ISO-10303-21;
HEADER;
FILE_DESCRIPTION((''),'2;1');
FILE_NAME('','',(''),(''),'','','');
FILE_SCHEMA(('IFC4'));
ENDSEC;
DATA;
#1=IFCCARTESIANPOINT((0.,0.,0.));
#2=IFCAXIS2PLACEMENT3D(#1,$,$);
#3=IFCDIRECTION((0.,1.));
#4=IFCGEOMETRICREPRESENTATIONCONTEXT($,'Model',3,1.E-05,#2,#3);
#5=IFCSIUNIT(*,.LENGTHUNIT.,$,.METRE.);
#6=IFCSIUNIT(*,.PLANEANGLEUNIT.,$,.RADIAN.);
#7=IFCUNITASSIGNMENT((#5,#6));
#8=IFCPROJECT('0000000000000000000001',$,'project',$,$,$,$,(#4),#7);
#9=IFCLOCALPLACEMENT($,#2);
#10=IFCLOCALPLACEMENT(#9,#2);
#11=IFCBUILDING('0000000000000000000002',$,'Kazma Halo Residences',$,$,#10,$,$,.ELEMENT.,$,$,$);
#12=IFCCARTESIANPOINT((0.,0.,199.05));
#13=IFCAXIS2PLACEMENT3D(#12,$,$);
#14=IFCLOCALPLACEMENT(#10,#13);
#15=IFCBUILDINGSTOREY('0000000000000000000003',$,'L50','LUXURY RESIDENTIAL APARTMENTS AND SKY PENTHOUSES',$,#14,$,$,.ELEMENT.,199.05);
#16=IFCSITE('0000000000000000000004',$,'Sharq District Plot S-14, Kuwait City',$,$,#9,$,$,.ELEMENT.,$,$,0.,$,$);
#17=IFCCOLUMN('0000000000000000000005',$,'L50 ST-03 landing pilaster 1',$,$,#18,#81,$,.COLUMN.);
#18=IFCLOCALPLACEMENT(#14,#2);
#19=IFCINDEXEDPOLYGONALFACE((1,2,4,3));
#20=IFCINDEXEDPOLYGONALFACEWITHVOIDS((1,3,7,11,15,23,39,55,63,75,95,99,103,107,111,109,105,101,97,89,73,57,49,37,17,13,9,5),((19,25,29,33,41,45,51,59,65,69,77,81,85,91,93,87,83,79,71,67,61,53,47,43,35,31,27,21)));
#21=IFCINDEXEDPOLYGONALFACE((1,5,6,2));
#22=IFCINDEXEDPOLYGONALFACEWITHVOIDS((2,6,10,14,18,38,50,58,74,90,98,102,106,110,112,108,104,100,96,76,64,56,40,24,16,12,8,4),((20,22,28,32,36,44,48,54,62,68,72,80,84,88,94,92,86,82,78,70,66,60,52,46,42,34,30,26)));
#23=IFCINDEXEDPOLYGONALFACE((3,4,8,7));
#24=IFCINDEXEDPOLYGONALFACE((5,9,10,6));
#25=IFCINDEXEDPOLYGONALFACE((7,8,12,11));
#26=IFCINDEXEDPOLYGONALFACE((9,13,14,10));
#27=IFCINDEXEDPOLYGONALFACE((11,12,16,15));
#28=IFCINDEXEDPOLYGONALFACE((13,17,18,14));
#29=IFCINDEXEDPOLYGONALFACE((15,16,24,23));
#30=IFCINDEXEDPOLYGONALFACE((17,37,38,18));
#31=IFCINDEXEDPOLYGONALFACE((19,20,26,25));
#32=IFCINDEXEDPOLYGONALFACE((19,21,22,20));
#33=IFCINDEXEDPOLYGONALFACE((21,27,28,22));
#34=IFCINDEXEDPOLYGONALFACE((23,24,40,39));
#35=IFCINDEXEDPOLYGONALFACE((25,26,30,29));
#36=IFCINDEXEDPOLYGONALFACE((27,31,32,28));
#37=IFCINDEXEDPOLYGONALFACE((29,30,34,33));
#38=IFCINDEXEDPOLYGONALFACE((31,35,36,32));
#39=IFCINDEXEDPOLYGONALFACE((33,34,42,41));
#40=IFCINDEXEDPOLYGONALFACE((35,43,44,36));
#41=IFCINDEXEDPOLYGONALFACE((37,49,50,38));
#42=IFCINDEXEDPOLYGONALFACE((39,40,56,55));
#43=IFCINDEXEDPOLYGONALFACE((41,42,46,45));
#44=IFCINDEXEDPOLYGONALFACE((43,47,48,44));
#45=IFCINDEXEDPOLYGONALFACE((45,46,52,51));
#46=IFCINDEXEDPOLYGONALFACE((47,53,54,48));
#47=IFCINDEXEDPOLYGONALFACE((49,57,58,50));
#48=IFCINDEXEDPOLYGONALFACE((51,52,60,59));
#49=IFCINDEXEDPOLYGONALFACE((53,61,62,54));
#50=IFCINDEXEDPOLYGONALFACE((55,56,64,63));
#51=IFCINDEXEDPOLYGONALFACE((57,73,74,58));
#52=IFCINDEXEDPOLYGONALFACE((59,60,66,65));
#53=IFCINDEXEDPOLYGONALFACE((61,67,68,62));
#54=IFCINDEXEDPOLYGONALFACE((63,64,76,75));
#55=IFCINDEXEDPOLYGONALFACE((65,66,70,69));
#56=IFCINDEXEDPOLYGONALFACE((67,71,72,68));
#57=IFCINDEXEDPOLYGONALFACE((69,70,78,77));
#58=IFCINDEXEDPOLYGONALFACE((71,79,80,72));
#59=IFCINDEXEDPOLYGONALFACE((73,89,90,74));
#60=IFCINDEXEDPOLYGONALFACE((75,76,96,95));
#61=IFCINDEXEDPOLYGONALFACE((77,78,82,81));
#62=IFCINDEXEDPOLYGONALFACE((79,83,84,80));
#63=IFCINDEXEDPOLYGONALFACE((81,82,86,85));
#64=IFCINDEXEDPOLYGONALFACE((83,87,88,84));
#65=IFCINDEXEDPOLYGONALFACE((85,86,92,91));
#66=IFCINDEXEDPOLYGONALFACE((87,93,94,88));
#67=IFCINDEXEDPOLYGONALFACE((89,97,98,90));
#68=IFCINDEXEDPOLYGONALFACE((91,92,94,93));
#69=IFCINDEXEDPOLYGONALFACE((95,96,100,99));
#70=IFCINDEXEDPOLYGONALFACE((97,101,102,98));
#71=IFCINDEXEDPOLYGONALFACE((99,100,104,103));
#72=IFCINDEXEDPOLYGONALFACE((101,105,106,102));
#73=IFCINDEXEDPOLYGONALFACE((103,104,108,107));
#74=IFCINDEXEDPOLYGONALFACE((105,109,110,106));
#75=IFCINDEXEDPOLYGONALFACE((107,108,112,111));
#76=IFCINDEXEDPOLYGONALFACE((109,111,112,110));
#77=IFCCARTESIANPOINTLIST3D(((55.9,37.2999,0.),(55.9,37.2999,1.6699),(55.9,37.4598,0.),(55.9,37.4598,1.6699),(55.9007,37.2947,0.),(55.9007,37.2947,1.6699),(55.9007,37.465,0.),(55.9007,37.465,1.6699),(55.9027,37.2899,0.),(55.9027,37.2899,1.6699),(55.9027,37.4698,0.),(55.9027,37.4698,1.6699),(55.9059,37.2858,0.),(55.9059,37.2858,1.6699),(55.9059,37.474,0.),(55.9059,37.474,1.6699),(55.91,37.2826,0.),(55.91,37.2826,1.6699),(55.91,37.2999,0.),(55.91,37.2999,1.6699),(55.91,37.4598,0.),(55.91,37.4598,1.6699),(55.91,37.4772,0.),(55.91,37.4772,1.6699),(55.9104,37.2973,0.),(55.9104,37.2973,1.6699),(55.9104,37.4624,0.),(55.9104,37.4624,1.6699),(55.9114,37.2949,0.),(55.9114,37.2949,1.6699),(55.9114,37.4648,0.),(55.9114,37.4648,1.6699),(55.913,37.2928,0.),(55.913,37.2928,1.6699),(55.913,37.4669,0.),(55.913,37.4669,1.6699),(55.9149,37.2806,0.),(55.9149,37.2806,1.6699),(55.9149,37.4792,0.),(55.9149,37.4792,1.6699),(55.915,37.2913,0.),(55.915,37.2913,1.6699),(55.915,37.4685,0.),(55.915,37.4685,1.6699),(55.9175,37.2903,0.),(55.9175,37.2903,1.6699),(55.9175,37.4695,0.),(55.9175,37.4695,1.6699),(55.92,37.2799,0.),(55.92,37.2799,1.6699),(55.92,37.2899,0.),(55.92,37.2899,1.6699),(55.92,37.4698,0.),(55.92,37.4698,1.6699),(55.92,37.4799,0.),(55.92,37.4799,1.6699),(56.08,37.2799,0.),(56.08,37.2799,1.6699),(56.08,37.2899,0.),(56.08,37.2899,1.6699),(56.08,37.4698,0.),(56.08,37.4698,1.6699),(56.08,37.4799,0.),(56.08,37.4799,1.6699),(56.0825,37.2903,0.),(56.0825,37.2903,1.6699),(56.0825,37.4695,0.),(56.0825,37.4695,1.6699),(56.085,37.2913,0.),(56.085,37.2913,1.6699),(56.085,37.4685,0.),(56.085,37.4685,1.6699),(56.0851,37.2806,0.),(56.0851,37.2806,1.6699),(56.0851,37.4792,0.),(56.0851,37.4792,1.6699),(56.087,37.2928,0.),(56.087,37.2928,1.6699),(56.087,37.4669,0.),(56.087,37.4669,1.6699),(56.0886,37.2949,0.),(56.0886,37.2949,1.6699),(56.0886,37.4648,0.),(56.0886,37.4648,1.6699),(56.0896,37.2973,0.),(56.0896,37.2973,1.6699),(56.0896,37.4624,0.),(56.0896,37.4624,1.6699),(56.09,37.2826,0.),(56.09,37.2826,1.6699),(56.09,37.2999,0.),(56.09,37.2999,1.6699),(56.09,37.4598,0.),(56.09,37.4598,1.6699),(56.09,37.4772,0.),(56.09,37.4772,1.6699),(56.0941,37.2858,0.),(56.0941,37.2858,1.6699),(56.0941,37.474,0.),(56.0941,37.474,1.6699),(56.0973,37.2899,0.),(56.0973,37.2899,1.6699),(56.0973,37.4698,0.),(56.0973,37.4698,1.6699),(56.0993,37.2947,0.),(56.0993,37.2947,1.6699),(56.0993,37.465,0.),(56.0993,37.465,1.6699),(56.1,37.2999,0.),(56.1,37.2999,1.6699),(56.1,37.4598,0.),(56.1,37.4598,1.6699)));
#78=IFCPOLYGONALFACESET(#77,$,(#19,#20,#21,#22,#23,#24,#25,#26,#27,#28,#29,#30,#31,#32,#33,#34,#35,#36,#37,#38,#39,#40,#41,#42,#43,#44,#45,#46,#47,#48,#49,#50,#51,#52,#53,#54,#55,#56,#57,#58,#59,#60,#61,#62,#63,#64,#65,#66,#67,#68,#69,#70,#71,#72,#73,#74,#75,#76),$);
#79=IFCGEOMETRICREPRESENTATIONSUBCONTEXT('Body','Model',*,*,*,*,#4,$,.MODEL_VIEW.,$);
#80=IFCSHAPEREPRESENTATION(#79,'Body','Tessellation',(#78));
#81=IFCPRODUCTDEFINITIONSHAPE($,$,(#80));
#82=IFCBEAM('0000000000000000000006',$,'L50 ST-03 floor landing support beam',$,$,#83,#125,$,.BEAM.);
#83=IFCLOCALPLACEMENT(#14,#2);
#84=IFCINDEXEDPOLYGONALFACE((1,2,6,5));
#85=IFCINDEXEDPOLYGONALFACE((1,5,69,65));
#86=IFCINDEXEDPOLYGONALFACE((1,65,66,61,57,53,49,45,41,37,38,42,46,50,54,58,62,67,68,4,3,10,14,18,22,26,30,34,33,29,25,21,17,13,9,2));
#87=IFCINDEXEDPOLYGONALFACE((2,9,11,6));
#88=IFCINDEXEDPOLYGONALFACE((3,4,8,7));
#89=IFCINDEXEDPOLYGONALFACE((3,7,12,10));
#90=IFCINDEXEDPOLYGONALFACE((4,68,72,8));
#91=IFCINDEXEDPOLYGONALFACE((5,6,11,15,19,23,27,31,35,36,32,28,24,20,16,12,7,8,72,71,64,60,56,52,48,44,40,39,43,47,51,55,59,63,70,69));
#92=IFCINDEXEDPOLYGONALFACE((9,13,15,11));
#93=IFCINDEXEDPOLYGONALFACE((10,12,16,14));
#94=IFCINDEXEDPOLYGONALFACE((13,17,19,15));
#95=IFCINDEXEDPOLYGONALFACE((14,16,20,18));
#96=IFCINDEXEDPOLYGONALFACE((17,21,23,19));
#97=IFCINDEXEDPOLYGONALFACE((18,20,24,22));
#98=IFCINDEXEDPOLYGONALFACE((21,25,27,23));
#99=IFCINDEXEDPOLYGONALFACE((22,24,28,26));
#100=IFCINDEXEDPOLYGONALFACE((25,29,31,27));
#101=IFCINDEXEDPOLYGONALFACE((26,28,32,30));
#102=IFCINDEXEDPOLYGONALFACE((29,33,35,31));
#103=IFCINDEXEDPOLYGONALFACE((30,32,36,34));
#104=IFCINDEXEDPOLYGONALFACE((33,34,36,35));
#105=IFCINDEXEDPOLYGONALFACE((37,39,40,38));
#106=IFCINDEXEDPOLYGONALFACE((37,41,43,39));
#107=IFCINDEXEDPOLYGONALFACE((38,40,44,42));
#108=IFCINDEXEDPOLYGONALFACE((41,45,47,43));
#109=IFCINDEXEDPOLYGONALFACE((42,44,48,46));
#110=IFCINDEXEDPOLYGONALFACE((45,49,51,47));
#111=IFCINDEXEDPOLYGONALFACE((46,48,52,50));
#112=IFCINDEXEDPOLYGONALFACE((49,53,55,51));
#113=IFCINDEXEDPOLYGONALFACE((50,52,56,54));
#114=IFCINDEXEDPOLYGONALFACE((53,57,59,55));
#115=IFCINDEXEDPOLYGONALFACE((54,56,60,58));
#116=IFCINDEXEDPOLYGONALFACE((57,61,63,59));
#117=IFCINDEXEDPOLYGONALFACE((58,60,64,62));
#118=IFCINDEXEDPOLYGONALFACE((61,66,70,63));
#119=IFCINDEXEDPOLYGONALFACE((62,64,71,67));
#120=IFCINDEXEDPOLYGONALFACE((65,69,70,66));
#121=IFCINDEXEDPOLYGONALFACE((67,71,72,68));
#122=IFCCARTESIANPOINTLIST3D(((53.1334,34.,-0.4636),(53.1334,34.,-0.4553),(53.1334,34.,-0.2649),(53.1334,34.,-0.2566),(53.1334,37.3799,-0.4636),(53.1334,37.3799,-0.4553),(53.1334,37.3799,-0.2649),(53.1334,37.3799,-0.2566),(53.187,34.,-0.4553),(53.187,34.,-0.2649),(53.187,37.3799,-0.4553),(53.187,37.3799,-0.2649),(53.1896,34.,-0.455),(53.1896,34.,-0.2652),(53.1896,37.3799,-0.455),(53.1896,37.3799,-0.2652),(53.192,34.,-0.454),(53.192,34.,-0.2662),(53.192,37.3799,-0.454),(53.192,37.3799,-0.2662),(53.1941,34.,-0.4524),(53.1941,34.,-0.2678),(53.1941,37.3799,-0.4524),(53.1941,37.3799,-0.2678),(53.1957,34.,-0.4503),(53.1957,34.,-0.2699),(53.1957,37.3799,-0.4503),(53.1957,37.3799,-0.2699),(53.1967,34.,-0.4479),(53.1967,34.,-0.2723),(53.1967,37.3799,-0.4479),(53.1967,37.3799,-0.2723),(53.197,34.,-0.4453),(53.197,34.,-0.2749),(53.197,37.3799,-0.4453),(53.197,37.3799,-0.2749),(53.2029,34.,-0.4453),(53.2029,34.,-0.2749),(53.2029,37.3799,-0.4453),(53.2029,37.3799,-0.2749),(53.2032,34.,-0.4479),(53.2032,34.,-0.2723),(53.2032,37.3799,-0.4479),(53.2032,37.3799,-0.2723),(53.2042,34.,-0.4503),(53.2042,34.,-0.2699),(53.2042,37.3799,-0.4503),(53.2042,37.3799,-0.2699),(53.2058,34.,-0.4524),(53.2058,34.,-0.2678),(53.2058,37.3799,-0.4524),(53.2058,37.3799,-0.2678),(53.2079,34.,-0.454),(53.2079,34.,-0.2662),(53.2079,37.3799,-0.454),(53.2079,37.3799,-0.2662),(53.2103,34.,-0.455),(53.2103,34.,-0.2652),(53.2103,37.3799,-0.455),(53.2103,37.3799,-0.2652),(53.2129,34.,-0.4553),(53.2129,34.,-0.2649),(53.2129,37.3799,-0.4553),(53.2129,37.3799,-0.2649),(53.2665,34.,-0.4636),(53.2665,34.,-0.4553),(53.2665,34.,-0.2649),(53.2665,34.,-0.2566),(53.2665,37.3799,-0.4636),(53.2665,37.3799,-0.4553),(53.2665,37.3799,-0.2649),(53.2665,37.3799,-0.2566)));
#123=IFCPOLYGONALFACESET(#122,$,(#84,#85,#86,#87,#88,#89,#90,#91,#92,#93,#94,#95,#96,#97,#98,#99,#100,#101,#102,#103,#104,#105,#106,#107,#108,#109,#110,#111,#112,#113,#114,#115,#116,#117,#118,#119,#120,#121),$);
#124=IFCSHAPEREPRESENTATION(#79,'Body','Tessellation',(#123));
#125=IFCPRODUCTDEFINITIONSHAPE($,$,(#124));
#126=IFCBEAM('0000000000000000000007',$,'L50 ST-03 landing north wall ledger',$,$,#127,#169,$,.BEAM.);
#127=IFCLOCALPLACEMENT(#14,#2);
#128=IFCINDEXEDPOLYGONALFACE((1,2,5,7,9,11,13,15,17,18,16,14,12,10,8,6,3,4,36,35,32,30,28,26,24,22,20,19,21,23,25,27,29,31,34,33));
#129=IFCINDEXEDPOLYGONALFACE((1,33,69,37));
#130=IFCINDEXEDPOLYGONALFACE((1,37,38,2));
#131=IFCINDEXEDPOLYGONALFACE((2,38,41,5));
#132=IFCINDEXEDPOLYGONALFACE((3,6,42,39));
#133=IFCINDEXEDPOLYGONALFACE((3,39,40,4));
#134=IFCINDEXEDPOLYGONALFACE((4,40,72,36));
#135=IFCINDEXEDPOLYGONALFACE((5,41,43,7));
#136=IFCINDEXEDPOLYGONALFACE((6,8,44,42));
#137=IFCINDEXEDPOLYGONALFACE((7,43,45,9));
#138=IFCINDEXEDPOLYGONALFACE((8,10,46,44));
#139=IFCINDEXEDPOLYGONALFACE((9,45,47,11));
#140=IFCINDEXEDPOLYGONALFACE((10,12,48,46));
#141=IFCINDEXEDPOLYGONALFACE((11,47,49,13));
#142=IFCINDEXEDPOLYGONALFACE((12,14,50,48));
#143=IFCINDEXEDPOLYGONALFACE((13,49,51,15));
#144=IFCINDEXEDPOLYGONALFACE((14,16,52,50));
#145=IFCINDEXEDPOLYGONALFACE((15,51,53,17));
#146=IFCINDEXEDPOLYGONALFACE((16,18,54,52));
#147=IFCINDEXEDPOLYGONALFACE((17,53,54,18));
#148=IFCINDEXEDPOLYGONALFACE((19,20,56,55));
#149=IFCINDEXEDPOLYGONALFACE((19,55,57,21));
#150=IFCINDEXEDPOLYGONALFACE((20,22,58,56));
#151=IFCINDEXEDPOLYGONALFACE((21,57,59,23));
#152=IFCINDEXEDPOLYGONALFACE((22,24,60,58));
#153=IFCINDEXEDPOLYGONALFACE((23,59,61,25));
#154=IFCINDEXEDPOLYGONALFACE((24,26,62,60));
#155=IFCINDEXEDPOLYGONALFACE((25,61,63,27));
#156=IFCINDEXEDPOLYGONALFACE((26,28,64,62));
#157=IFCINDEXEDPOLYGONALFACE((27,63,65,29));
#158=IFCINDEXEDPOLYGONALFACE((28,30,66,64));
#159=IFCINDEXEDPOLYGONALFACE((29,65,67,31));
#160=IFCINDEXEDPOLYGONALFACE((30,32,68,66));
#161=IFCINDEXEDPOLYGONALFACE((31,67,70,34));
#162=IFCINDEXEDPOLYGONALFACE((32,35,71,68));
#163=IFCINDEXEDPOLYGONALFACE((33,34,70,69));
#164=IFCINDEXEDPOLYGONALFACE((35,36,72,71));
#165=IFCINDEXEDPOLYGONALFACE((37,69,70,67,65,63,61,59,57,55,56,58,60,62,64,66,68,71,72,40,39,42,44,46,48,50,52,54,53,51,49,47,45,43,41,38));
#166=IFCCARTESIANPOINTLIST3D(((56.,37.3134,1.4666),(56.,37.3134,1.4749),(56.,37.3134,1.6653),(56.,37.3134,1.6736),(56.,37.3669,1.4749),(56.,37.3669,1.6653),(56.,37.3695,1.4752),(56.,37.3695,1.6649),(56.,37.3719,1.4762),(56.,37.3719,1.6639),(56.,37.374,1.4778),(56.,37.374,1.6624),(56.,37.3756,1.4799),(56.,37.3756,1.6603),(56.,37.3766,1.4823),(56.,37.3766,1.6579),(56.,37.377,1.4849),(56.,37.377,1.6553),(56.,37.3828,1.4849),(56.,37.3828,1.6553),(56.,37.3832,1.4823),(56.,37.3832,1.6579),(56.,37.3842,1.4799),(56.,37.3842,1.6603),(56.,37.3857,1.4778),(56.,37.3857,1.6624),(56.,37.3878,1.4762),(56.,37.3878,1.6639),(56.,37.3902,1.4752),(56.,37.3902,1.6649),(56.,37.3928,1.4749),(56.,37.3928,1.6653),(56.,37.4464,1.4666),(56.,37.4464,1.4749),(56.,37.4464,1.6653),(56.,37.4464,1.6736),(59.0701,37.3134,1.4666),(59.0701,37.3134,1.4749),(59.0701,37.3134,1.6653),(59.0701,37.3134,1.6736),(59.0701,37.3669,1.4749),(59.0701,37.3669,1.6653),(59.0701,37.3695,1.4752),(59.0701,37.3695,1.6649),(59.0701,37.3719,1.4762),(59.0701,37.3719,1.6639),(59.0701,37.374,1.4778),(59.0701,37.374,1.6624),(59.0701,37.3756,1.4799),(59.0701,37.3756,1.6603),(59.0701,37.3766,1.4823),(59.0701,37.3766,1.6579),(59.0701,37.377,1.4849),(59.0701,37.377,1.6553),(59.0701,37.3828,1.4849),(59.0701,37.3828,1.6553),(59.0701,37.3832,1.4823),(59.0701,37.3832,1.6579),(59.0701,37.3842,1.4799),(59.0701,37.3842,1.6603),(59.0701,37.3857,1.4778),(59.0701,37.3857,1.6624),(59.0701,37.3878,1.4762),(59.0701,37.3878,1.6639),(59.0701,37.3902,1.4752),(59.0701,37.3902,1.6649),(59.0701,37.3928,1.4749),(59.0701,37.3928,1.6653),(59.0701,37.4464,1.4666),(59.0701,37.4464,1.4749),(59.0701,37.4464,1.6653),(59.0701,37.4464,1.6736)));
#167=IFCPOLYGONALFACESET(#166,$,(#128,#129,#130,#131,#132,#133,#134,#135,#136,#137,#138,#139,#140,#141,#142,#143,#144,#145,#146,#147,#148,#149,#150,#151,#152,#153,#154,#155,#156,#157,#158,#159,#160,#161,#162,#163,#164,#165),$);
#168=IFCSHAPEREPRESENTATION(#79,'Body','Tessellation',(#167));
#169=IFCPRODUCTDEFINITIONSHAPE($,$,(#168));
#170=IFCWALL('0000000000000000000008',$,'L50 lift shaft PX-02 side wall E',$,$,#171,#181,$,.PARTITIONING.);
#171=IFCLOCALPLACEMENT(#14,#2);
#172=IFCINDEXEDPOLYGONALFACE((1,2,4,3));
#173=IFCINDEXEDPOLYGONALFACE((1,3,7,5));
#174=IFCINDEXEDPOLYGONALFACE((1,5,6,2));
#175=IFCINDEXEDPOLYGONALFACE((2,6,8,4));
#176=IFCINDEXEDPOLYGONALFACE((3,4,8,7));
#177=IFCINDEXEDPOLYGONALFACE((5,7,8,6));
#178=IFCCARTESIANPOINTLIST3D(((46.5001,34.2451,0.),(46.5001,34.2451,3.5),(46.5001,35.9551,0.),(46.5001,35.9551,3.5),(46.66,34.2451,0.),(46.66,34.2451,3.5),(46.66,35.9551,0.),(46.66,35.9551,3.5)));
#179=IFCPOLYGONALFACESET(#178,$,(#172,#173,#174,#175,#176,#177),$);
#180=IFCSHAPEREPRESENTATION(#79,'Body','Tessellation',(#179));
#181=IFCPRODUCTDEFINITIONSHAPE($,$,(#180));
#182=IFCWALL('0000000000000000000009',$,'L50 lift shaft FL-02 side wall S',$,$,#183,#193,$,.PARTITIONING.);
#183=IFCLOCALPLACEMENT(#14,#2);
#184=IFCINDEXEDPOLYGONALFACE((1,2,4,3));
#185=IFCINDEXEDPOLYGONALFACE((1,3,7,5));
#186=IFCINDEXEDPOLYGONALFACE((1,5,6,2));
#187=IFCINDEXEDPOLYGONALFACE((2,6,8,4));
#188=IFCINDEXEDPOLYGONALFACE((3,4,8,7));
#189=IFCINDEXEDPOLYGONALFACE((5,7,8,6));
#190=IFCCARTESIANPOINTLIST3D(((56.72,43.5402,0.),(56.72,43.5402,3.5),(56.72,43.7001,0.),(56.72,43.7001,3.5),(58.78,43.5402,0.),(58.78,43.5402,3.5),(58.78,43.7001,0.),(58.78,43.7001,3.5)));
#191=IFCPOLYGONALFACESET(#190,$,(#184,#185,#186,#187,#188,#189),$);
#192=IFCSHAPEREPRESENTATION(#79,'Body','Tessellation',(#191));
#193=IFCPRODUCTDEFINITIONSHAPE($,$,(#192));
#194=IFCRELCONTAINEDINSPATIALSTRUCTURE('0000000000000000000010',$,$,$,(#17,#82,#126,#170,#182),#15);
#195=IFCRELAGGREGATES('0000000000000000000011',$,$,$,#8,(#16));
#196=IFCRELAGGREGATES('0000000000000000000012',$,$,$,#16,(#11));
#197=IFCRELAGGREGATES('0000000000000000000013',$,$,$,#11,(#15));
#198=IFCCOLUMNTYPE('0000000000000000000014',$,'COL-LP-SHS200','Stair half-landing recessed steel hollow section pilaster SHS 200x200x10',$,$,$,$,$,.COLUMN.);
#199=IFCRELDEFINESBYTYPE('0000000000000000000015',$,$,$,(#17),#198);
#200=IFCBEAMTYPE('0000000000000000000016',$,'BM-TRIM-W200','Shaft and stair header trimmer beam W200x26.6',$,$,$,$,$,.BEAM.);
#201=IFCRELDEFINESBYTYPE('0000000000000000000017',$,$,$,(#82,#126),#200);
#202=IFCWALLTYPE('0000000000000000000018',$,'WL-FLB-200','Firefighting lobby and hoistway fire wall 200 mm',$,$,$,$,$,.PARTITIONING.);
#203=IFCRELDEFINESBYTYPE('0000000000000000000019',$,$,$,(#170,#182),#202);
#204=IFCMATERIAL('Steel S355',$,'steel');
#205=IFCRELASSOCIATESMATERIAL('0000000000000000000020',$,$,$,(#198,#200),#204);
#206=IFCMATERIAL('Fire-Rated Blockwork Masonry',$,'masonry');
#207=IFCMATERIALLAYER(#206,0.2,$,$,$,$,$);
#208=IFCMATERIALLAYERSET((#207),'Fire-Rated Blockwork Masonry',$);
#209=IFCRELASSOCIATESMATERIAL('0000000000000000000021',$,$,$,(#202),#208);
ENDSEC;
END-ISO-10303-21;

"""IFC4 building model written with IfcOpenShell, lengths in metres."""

from ifc_helpers import new_model, si_unit, direction, frame, frame_2d, origin, origin_2d, place, context, subcontext, project, spatial, rectangle, hollow_rectangle, i_section, extrude, material, layer, layer_set, material_profile, profile_set, type_object, element, save


model = new_model("IFC4")

# Units and contexts
model_context = context("Model", 3, precision=1e-05, world=origin(), true_north=direction((0.0, 1.0)))
body_context = subcontext(model_context, "Body", "Model", "MODEL_VIEW")
ifc_project = project(units=[si_unit("LENGTHUNIT", "METRE"), si_unit("PLANEANGLEUNIT", "RADIAN")], contexts=[model_context])

# Site, building, storey
site_placement = place(None, origin())
site = spatial("IfcSite", under=ifc_project, at=site_placement, Name="Sharq District Plot S-14, Kuwait City", CompositionType="ELEMENT", RefElevation=0.0)
building_placement = place(site_placement, origin())
building = spatial("IfcBuilding", under=site, at=building_placement, Name="Kazma Halo Residences", CompositionType="ELEMENT")
storey_placement = place(building_placement, frame((0.0, 0.0, 199.05)))
storey = spatial("IfcBuildingStorey", under=building, at=storey_placement, Name="L50", Description="LUXURY RESIDENTIAL APARTMENTS AND SKY PENTHOUSES", CompositionType="ELEMENT", Elevation=199.05)

# Column
ifc_material_1 = material(Name="Steel S355", Category="steel")
ifc_material_profile_1 = material_profile(ifc_material_1, hollow_rectangle(XDim=0.2, YDim=0.2, WallThickness=0.01, InnerFilletRadius=0.01, OuterFilletRadius=0.02, at=origin_2d()), Name="SHS200x200x10")
ifc_profile_set_1 = profile_set([ifc_material_profile_1], Name="Steel S355")
column_type = type_object("IfcColumnType", Name="COL-LP-SHS200", Description="Stair half-landing recessed steel hollow section pilaster SHS 200x200x10", PredefinedType="COLUMN", material=ifc_profile_set_1)
column_placement = place(storey_placement, frame((56.0, 37.3799, 0.0), z_axis=(0.0, 0.0, 1.0), x_axis=(1.0, 0.0, 0.0)))
element("IfcColumn", 1, at=column_placement, inside=storey, type_object=column_type, Name="L50 ST-03 landing pilaster 1", PredefinedType="COLUMN", context=body_context, shape_type="SweptSolid", body=[
    extrude(hollow_rectangle(XDim=0.2, YDim=0.2, WallThickness=0.01, InnerFilletRadius=0.01, OuterFilletRadius=0.02, at=origin_2d()), origin(), (0.0, 0.0, 1.0), 1.6699),
])

# Beams
ifc_material_profile_2 = material_profile(ifc_material_1, i_section(OverallWidth=0.1331, OverallDepth=0.207, WebThickness=0.0059, FlangeThickness=0.0083, FilletRadius=0.01, at=origin_2d()), Name="W200x26.6")
ifc_profile_set_2 = profile_set([ifc_material_profile_2], Name="Steel S355")
beam_type = type_object("IfcBeamType", Name="BM-TRIM-W200", Description="Shaft and stair header trimmer beam W200x26.6", PredefinedType="BEAM", material=ifc_profile_set_2)
beam_1_placement = place(storey_placement, frame((53.2, 34.0, -0.3601), z_axis=(0.0, 1.0, 0.0), x_axis=(-1.0, 0.0, 0.0)))
element("IfcBeam", 2, at=beam_1_placement, inside=storey, type_object=beam_type, Name="L50 ST-03 floor landing support beam", PredefinedType="BEAM", context=body_context, shape_type="SweptSolid", body=[
    extrude(i_section(OverallWidth=0.1331, OverallDepth=0.207, WebThickness=0.0059, FlangeThickness=0.0083, FilletRadius=0.01, at=origin_2d()), origin(), (0.0, 0.0, 1.0), 3.3799),
])
beam_2_placement = place(storey_placement, frame((56.0, 37.3799, 1.5701), z_axis=(1.0, 0.0, 0.0), x_axis=(0.0, 1.0, 0.0)))
element("IfcBeam", 3, at=beam_2_placement, inside=storey, type_object=beam_type, Name="L50 ST-03 landing north wall ledger", PredefinedType="BEAM", context=body_context, shape_type="SweptSolid", body=[
    extrude(i_section(OverallWidth=0.1331, OverallDepth=0.207, WebThickness=0.0059, FlangeThickness=0.0083, FilletRadius=0.01, at=origin_2d()), origin(), (0.0, 0.0, 1.0), 3.0701),
])

# Walls
ifc_material_2 = material(Name="Fire-Rated Blockwork Masonry", Category="masonry")
ifc_layer_1 = layer(ifc_material_2, 0.2)
ifc_layer_set_1 = layer_set([ifc_layer_1], Name="Fire-Rated Blockwork Masonry")
wall_type_1 = type_object("IfcWallType", Name="WL-FLB-200", Description="Firefighting lobby and hoistway fire wall 200 mm", PredefinedType="PARTITIONING", material=ifc_layer_set_1)
wall_1_placement = place(storey_placement, frame((46.5801, 34.2451, 0.0), z_axis=(0.0, 0.0, 1.0), x_axis=(0.0, 1.0, 0.0)))
element("IfcWall", 4, at=wall_1_placement, inside=storey, type_object=wall_type_1, Name="L50 lift shaft PX-02 side wall E", PredefinedType="PARTITIONING", context=body_context, shape_type="SweptSolid", body=[
    extrude(rectangle(XDim=1.71, YDim=0.1599, at=frame_2d((0.855, 0.0))), origin(), (0.0, 0.0, 1.0), 3.5),
])
wall_2_placement = place(storey_placement, frame((56.72, 43.6201, 0.0), z_axis=(0.0, 0.0, 1.0), x_axis=(1.0, 0.0, 0.0)))
element("IfcWall", 5, at=wall_2_placement, inside=storey, type_object=wall_type_1, Name="L50 lift shaft FL-02 side wall S", PredefinedType="PARTITIONING", context=body_context, shape_type="SweptSolid", body=[
    extrude(rectangle(XDim=2.0601, YDim=0.1599, at=frame_2d((1.03, 0.0))), origin(), (0.0, 0.0, 1.0), 3.5),
])

save(model, "model.ifc")
